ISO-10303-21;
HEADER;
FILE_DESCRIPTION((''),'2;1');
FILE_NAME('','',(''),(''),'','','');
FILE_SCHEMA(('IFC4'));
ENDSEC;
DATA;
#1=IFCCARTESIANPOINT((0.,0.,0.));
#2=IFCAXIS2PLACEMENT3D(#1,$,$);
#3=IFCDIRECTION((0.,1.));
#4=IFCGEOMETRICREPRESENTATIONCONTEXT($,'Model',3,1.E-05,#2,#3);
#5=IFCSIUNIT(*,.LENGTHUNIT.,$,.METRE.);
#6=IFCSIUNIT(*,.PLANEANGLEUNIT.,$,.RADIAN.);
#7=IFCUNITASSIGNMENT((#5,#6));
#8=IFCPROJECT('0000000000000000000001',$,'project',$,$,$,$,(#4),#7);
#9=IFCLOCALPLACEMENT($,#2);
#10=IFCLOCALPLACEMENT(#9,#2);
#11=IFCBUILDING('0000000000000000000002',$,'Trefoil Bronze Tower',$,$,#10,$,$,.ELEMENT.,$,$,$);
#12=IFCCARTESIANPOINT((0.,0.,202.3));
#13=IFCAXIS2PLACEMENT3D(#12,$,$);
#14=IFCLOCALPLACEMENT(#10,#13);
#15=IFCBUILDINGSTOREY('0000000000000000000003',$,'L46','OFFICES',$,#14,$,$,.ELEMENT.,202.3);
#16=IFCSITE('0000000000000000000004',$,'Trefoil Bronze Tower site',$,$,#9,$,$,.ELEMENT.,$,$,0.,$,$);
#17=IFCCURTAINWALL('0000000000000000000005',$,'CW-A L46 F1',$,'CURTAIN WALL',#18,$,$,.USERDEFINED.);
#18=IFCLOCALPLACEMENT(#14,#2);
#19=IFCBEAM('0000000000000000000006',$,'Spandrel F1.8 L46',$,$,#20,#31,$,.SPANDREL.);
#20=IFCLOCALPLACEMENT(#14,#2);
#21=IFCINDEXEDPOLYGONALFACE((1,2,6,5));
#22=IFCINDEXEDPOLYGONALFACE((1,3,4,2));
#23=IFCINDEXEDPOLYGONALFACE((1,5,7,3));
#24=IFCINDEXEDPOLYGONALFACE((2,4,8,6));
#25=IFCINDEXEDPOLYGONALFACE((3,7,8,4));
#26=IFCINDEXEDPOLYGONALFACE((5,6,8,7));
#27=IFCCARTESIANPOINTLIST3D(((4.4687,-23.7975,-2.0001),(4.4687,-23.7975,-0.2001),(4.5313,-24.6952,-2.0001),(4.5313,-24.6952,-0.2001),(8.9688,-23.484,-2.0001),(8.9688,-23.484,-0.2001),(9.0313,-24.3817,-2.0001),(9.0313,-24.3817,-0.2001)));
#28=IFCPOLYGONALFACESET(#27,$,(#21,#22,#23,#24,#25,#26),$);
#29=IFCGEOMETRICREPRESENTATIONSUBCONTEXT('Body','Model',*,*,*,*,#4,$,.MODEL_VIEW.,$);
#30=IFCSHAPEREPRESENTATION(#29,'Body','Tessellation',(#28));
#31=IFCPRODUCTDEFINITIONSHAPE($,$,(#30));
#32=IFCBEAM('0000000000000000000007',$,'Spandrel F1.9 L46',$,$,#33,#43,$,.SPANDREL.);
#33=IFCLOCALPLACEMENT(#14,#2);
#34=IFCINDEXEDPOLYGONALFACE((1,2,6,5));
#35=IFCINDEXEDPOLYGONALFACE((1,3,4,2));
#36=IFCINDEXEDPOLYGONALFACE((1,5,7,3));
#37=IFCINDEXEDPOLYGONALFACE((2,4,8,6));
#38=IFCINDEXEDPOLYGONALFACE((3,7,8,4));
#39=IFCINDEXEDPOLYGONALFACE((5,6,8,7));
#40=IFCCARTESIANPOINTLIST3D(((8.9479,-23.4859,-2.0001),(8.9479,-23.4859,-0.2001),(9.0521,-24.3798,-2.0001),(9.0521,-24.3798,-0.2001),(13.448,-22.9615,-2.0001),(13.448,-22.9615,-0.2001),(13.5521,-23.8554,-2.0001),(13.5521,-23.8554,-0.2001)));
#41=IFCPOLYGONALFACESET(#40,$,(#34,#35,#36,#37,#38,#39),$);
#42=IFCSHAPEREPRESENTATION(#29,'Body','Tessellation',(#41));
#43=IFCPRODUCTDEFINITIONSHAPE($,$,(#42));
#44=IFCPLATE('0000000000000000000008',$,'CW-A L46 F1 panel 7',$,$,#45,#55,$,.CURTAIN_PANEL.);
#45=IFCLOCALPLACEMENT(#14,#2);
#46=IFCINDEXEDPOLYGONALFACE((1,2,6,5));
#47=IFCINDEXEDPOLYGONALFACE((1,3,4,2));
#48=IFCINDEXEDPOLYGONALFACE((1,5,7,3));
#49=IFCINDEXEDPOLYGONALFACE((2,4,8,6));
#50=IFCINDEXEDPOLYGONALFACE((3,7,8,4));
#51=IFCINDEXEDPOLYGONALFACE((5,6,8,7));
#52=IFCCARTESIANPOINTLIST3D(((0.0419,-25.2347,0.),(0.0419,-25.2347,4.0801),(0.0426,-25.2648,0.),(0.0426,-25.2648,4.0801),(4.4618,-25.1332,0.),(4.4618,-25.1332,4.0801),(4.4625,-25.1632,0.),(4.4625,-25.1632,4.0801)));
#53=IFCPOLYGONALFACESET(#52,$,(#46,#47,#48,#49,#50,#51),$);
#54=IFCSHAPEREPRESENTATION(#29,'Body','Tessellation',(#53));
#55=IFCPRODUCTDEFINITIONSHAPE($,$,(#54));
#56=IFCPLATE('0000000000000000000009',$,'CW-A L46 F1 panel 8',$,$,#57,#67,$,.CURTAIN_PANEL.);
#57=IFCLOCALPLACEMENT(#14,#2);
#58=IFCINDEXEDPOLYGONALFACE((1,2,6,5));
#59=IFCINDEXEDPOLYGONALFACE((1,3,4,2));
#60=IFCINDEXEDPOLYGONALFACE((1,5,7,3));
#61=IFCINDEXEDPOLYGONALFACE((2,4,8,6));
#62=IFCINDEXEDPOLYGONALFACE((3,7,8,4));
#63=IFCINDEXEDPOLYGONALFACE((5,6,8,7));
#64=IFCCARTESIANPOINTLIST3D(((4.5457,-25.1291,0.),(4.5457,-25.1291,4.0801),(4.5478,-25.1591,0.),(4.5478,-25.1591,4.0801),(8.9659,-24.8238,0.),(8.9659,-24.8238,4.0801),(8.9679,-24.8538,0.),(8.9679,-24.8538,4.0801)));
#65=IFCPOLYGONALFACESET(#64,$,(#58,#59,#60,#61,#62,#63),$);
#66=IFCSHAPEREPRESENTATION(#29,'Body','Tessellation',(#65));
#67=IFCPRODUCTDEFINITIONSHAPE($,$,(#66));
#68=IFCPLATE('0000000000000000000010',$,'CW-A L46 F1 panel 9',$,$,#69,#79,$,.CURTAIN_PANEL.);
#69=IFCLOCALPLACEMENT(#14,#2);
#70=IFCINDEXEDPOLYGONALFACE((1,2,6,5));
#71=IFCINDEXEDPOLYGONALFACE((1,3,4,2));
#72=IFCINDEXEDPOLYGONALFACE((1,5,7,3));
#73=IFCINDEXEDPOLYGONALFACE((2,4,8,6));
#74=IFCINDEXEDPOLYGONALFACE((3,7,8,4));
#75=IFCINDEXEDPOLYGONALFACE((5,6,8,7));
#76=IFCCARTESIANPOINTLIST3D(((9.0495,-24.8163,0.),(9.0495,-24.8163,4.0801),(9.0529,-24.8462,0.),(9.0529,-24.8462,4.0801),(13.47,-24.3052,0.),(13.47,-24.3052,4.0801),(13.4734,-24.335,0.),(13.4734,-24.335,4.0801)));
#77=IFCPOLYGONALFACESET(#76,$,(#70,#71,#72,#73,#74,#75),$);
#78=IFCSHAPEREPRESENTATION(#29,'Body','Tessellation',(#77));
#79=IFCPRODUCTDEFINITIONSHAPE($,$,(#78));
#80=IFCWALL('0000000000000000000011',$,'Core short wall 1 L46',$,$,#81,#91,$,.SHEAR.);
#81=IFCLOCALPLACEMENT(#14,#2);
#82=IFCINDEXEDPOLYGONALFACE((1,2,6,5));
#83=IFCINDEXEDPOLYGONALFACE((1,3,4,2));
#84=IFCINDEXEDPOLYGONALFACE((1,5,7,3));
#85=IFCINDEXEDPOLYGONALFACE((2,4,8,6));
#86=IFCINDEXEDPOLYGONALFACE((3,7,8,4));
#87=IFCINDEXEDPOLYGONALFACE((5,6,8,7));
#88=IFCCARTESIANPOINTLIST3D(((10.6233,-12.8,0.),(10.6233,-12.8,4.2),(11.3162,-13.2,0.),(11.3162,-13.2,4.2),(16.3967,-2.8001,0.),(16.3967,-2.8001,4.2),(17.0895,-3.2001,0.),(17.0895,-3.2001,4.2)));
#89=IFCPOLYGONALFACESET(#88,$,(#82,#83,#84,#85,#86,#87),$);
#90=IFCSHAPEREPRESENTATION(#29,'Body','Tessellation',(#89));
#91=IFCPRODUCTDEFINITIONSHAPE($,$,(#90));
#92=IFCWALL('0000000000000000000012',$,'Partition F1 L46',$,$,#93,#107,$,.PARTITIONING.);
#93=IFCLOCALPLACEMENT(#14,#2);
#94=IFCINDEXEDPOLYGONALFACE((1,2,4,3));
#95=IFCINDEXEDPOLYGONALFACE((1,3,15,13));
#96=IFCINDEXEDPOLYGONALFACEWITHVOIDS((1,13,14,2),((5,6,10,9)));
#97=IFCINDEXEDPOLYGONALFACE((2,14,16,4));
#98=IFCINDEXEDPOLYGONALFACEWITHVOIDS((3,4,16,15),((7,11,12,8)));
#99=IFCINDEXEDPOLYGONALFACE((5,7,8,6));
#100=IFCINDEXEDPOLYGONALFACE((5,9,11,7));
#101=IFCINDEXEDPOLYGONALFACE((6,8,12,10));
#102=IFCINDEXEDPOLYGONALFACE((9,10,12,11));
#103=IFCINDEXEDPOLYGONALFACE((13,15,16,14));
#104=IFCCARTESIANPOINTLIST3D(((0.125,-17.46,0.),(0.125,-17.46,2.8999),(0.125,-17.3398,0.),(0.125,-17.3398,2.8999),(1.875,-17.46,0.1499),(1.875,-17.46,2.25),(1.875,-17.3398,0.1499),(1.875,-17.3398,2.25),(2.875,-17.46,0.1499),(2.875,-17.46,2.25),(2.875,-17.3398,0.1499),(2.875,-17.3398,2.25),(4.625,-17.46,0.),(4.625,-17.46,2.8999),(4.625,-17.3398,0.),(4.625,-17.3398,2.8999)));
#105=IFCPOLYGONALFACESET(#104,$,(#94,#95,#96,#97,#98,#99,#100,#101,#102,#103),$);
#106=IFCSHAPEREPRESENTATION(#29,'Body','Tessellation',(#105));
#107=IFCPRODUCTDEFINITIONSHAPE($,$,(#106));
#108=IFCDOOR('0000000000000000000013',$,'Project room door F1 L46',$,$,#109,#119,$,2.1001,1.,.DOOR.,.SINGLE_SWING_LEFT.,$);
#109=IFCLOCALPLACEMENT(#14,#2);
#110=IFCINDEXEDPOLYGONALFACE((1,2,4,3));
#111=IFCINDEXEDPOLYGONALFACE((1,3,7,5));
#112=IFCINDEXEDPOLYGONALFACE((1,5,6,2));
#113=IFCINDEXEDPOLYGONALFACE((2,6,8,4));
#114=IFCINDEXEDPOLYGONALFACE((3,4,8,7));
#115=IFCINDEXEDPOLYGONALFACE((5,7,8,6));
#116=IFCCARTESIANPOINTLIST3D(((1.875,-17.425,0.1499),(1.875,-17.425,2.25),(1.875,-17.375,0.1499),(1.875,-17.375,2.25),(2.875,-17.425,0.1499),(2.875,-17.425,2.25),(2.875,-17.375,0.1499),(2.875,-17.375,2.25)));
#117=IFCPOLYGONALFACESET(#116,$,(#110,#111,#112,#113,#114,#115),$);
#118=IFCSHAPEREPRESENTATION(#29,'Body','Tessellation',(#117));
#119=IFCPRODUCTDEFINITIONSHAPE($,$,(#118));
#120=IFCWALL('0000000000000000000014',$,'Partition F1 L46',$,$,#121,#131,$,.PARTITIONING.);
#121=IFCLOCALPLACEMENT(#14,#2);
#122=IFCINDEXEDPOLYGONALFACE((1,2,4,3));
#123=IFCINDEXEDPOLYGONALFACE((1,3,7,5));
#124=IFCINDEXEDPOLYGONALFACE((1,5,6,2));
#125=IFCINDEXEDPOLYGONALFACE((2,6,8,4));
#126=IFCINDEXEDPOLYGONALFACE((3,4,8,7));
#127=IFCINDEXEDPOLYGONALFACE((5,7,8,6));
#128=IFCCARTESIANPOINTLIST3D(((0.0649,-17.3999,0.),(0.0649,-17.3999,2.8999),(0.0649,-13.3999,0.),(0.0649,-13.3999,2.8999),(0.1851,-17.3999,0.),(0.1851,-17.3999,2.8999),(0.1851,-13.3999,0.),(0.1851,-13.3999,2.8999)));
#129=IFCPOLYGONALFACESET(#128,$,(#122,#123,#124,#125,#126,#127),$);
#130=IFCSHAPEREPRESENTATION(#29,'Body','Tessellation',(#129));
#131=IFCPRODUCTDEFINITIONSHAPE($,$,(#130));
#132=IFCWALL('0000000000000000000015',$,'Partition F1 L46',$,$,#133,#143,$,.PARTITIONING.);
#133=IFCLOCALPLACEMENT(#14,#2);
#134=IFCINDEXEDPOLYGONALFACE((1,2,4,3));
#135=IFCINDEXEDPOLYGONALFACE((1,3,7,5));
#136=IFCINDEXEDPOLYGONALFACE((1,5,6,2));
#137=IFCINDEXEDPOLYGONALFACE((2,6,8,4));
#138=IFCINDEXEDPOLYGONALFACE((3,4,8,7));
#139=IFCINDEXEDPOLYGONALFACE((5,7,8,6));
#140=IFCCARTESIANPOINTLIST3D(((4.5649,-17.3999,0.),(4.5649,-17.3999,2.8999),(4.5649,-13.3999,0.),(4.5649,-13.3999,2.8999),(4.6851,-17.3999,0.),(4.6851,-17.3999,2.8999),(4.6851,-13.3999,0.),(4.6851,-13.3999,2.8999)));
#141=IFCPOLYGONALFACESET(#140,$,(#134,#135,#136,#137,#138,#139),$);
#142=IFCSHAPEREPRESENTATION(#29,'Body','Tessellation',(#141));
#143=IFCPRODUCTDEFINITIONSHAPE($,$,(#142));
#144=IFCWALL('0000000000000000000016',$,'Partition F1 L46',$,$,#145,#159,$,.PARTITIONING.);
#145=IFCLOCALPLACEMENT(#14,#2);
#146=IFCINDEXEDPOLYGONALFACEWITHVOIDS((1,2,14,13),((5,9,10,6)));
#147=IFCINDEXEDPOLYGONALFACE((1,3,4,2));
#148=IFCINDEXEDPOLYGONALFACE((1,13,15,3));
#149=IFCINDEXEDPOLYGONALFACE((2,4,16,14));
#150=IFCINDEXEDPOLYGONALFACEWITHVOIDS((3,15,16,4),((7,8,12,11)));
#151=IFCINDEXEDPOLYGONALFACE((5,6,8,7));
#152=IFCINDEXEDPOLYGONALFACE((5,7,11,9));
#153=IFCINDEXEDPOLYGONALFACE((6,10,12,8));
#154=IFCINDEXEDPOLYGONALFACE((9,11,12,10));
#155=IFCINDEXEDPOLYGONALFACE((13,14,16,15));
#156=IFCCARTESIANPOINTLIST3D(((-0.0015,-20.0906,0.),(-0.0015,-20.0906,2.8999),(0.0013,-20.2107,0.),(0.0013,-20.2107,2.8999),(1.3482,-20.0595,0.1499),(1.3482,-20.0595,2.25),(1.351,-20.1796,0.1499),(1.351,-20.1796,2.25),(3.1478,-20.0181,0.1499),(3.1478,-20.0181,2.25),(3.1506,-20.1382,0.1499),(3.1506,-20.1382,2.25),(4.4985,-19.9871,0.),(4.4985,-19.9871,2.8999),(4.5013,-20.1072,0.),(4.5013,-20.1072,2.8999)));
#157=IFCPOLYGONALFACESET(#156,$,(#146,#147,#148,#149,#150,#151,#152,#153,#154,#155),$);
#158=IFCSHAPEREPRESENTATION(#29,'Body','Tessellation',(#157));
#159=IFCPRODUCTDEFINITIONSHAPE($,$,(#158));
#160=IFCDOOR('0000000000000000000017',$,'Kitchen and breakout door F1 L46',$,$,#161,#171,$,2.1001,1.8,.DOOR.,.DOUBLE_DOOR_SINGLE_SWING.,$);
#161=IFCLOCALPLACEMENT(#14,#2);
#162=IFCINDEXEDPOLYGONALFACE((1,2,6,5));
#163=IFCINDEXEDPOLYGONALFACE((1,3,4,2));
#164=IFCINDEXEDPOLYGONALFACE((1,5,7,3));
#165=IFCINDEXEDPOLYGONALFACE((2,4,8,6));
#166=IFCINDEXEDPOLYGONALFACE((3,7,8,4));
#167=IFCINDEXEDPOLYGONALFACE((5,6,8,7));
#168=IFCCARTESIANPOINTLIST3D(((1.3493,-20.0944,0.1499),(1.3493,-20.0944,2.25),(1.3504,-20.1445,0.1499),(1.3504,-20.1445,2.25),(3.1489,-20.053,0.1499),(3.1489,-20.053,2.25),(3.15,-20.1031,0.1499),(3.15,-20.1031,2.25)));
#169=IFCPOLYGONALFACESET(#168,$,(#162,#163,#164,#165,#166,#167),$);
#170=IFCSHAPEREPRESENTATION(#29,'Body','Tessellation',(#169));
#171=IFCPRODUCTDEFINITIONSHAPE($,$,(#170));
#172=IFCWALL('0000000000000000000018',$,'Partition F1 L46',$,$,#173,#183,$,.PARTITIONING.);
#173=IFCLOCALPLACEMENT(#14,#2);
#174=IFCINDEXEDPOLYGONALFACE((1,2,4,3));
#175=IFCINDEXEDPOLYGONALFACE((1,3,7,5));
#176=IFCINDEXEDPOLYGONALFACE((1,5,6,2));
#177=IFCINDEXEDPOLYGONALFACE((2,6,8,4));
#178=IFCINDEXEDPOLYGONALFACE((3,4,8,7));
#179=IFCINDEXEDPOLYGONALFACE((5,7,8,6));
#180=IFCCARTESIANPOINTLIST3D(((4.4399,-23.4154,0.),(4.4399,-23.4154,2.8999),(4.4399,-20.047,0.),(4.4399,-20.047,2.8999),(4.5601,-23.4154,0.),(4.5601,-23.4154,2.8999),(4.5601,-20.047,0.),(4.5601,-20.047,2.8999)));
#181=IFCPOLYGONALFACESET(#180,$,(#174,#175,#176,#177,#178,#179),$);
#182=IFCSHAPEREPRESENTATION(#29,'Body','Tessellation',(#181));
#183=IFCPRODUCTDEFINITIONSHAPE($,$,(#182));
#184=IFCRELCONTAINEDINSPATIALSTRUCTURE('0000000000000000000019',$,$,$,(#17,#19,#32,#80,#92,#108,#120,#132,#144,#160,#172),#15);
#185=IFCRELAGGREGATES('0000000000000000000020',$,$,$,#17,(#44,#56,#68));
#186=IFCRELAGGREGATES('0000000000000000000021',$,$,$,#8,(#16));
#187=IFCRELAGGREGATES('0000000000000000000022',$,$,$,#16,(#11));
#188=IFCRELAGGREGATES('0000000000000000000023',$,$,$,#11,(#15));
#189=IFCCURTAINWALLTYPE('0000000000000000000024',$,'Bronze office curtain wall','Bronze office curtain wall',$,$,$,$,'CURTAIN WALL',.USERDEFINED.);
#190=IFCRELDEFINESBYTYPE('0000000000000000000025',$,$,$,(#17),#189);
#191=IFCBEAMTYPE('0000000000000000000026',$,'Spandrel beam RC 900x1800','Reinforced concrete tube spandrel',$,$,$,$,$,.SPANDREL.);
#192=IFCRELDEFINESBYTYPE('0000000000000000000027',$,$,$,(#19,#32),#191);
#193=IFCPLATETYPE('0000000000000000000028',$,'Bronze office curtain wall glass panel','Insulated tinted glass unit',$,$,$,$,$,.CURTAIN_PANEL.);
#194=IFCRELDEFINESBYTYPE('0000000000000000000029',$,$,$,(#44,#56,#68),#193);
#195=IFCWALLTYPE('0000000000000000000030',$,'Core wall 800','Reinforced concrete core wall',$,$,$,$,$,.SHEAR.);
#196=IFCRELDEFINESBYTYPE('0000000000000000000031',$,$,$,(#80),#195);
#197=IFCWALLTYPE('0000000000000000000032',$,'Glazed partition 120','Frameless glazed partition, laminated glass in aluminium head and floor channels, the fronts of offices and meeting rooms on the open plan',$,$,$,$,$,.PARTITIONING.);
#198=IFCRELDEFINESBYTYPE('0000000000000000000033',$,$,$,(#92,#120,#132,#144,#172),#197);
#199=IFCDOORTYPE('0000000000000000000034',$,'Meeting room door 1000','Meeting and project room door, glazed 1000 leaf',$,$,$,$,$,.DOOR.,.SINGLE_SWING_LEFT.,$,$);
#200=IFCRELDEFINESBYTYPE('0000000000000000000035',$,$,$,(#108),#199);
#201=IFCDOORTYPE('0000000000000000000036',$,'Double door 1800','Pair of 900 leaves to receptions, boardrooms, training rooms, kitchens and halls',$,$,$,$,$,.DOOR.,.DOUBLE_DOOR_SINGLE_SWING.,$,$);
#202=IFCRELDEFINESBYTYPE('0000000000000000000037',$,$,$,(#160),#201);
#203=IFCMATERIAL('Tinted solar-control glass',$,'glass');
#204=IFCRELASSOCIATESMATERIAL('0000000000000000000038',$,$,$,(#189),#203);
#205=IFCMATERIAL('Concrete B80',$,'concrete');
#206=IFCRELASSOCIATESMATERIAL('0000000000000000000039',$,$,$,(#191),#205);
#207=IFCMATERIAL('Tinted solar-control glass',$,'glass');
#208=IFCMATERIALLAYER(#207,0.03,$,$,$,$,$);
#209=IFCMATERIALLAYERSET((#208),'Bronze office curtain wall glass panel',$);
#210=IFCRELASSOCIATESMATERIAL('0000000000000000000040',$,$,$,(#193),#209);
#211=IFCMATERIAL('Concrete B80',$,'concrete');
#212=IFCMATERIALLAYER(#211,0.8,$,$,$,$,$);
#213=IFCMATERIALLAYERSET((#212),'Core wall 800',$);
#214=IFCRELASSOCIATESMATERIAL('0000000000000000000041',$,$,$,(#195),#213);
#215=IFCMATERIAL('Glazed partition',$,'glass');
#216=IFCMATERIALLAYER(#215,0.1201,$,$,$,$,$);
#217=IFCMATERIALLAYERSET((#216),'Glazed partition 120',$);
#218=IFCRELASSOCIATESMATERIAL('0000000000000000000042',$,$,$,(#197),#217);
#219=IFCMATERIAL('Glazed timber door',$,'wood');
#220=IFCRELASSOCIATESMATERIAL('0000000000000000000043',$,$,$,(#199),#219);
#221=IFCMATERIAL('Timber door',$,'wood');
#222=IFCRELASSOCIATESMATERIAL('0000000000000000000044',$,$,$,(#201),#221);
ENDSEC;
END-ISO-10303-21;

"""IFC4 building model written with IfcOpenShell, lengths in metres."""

from ifc_helpers import new_model, si_unit, direction, frame, frame_2d, origin, origin_2d, place, context, subcontext, project, spatial, rectangle, extrude, material, layer, layer_set, material_profile, profile_set, type_object, element, fill, aggregate, save


model = new_model("IFC4")

# Units and contexts
model_context = context("Model", 3, precision=1e-05, world=origin(), true_north=direction((0.0, 1.0)))
body_context = subcontext(model_context, "Body", "Model", "MODEL_VIEW")
ifc_project = project(units=[si_unit("LENGTHUNIT", "METRE"), si_unit("PLANEANGLEUNIT", "RADIAN")], contexts=[model_context])

# Site, building, storey
site_placement = place(None, origin())
site = spatial("IfcSite", under=ifc_project, at=site_placement, Name="Trefoil Bronze Tower site", CompositionType="ELEMENT", RefElevation=0.0)
building_placement = place(site_placement, origin())
building = spatial("IfcBuilding", under=site, at=building_placement, Name="Trefoil Bronze Tower", CompositionType="ELEMENT")
storey_placement = place(building_placement, frame((0.0, 0.0, 202.3)))
storey = spatial("IfcBuildingStorey", under=building, at=storey_placement, Name="L46", Description="OFFICES", CompositionType="ELEMENT", Elevation=202.3)

# Curtain wall
ifc_material_1 = material(Name="Tinted solar-control glass", Category="glass")
curtain_wall_type = type_object("IfcCurtainWallType", Name="Bronze office curtain wall", Description="Bronze office curtain wall", ElementType="CURTAIN WALL", PredefinedType="USERDEFINED", material=ifc_material_1)
curtain_wall_placement = place(storey_placement, origin())
curtain_wall = element("IfcCurtainWall", 1, at=curtain_wall_placement, inside=storey, type_object=curtain_wall_type, Name="CW-A L46 F1", ObjectType="CURTAIN WALL", PredefinedType="USERDEFINED")

# Beams
ifc_material_2 = material(Name="Concrete B80", Category="concrete")
ifc_material_profile_1 = material_profile(ifc_material_2, rectangle(XDim=0.8999, YDim=1.8, at=origin_2d()), Name="RC 900x1800")
ifc_profile_set_1 = profile_set([ifc_material_profile_1], Name="Concrete B80")
beam_type_1 = type_object("IfcBeamType", Name="Spandrel beam RC 900x1800", Description="Reinforced concrete tube spandrel", PredefinedType="SPANDREL", material=ifc_profile_set_1)
beam_1_placement = place(storey_placement, frame((4.5, -24.2463, -1.1001), z_axis=(0.997582, 0.069493, 0.0), x_axis=(-0.069493, 0.997582, 0.0)))
element("IfcBeam", 2, at=beam_1_placement, inside=storey, type_object=beam_type_1, Name="Spandrel F1.8 L46", PredefinedType="SPANDREL", context=body_context, shape_type="SweptSolid", body=[
    extrude(rectangle(XDim=0.8999, YDim=1.8, at=origin_2d()), origin(), (0.0, 0.0, 1.0), 4.511),
])
beam_2_placement = place(storey_placement, frame((9.0, -23.9329, -1.1001), z_axis=(0.993278, 0.115753, 0.0), x_axis=(-0.115753, 0.993278, 0.0)))
element("IfcBeam", 3, at=beam_2_placement, inside=storey, type_object=beam_type_1, Name="Spandrel F1.9 L46", PredefinedType="SPANDREL", context=body_context, shape_type="SweptSolid", body=[
    extrude(rectangle(XDim=0.8999, YDim=1.8, at=origin_2d()), origin(), (0.0, 0.0, 1.0), 4.5305),
])

# Plates
ifc_material_3 = material(Name="Tinted solar-control glass", Category="glass")
ifc_layer_1 = layer(ifc_material_3, 0.03)
ifc_layer_set_1 = layer_set([ifc_layer_1], Name="Bronze office curtain wall glass panel")
plate_type = type_object("IfcPlateType", Name="Bronze office curtain wall glass panel", Description="Insulated tinted glass unit", PredefinedType="CURTAIN_PANEL", material=ifc_layer_set_1)
plate_1_placement = place(storey_placement, frame((2.2522, -25.199, 0.0), z_axis=(0.0, 0.0, 1.0), x_axis=(0.999736, 0.022972, 0.0)))
plate_1 = element("IfcPlate", 4, at=plate_1_placement, type_object=plate_type, Name="CW-A L46 F1 panel 7", PredefinedType="CURTAIN_PANEL", context=body_context, shape_type="SweptSolid", body=[
    extrude(rectangle(XDim=4.4211, YDim=0.03, at=origin_2d()), origin(), (0.0, 0.0, 1.0), 4.0801),
])
plate_2_placement = place(storey_placement, frame((6.7568, -24.9915, 0.0), z_axis=(0.0, 0.0, 1.0), x_axis=(0.997623, 0.068915, 0.0)))
plate_2 = element("IfcPlate", 5, at=plate_2_placement, type_object=plate_type, Name="CW-A L46 F1 panel 8", PredefinedType="CURTAIN_PANEL", context=body_context, shape_type="SweptSolid", body=[
    extrude(rectangle(XDim=4.4307, YDim=0.03, at=origin_2d()), origin(), (0.0, 0.0, 1.0), 4.0801),
])
plate_3_placement = place(storey_placement, frame((11.2615, -24.5757, 0.0), z_axis=(0.0, 0.0, 1.0), x_axis=(0.993382, 0.114859, 0.0)))
plate_3 = element("IfcPlate", 6, at=plate_3_placement, type_object=plate_type, Name="CW-A L46 F1 panel 9", PredefinedType="CURTAIN_PANEL", context=body_context, shape_type="SweptSolid", body=[
    extrude(rectangle(XDim=4.45, YDim=0.03, at=origin_2d()), origin(), (0.0, 0.0, 1.0), 4.0801),
])
aggregate(curtain_wall, [plate_1, plate_2, plate_3])

# Wall
ifc_material_4 = material(Name="Concrete B80", Category="concrete")
ifc_layer_2 = layer(ifc_material_4, 0.8)
ifc_layer_set_2 = layer_set([ifc_layer_2], Name="Core wall 800")
wall_type_1 = type_object("IfcWallType", Name="Core wall 800", Description="Reinforced concrete core wall", PredefinedType="SHEAR", material=ifc_layer_set_2)
wall_1_placement = place(storey_placement, frame((10.9697, -13.0, 0.0), z_axis=(0.0, 0.0, 1.0), x_axis=(0.499996, 0.866028, 0.0)))
element("IfcWall", 7, at=wall_1_placement, inside=storey, type_object=wall_type_1, Name="Core short wall 1 L46", PredefinedType="SHEAR", context=body_context, shape_type="SweptSolid", body=[
    extrude(rectangle(XDim=11.5469, YDim=0.8, at=frame_2d((5.7734, 0.0))), origin(), (0.0, 0.0, 1.0), 4.2),
])

# Wall, opening, door
ifc_material_5 = material(Name="Glazed partition", Category="glass")
ifc_layer_3 = layer(ifc_material_5, 0.1201)
ifc_layer_set_3 = layer_set([ifc_layer_3], Name="Glazed partition 120")
wall_type_2 = type_object("IfcWallType", Name="Glazed partition 120", Description="Frameless glazed partition, laminated glass in aluminium head and floor channels, the fronts of offices and meeting rooms on the open plan", PredefinedType="PARTITIONING", material=ifc_layer_set_3)
wall_2_placement = place(storey_placement, frame((0.125, -17.3999, 0.0), z_axis=(0.0, 0.0, 1.0), x_axis=(1.0, 0.0, 0.0)))
wall_2 = element("IfcWall", 8, at=wall_2_placement, inside=storey, type_object=wall_type_2, Name="Partition F1 L46", PredefinedType="PARTITIONING", context=body_context, shape_type="SweptSolid", body=[
    extrude(rectangle(XDim=4.5, YDim=0.1201, at=frame_2d((2.25, 0.0))), origin(), (0.0, 0.0, 1.0), 2.8999),
])
opening_1_placement = place(wall_2_placement, frame((1.75, 0.0, 0.1499)))
opening_1 = element("IfcOpeningElement", 9, at=opening_1_placement, cuts=wall_2, PredefinedType="OPENING", context=body_context, shape_type="SweptSolid", body=[
    extrude(rectangle(XDim=1.0, YDim=2.1001, at=frame_2d((0.5, 1.05))), frame((0.0, 0.0701, 0.0), z_axis=(0.0, -1.0, 0.0), x_axis=(1.0, 0.0, 0.0)), (0.0, 0.0, 1.0), 0.1401),
])
ifc_material_6 = material(Name="Glazed timber door", Category="wood")
door_type_1 = type_object("IfcDoorType", Name="Meeting room door 1000", Description="Meeting and project room door, glazed 1000 leaf", OperationType="SINGLE_SWING_LEFT", PredefinedType="DOOR", material=ifc_material_6)
door_1_placement = place(opening_1_placement, origin())
door_1 = element("IfcDoor", 10, at=door_1_placement, inside=storey, type_object=door_type_1, Name="Project room door F1 L46", OperationType="SINGLE_SWING_LEFT", OverallHeight=2.1001, OverallWidth=1.0, PredefinedType="DOOR", context=body_context, shape_type="SweptSolid", body=[
    extrude(rectangle(XDim=1.0, YDim=2.1001, at=frame_2d((0.5, 1.05))), frame((0.0, 0.0249, 0.0), z_axis=(0.0, -1.0, 0.0), x_axis=(1.0, 0.0, 0.0)), (0.0, 0.0, 1.0), 0.05),
])
fill(opening_1, door_1)

# Walls
for number, where, z_axis, x_axis, name in (
    (11, (0.125, -13.3999, 0.0), (0.0, 0.0, 1.0), (0.0, -1.0, 0.0), "Partition F1 L46"),
    (12, (4.625, -13.3999, 0.0), (0.0, 0.0, 1.0), (0.0, -1.0, 0.0), "Partition F1 L46"),
):
    element("IfcWall", number, at=place(storey_placement, frame(where, z_axis=z_axis, x_axis=x_axis)), inside=storey, type_object=wall_type_2, Name=name, PredefinedType="PARTITIONING", context=body_context, shape_type="SweptSolid", body=[
        extrude(rectangle(XDim=4.0, YDim=0.1201, at=frame_2d((2.0, 0.0))), origin(), (0.0, 0.0, 1.0), 2.8999),
    ])

# Wall, opening, door
wall_3_placement = place(storey_placement, frame((0.0, -20.1506, 0.0), z_axis=(0.0, 0.0, 1.0), x_axis=(0.999736, 0.022997, 0.0)))
wall_3 = element("IfcWall", 13, at=wall_3_placement, inside=storey, type_object=wall_type_2, Name="Partition F1 L46", PredefinedType="PARTITIONING", context=body_context, shape_type="SweptSolid", body=[
    extrude(rectangle(XDim=4.5012, YDim=0.1201, at=frame_2d((2.2505, 0.0))), origin(), (0.0, 0.0, 1.0), 2.8999),
])
opening_2_placement = place(wall_3_placement, frame((1.3501, 0.0, 0.1499)))
opening_2 = element("IfcOpeningElement", 14, at=opening_2_placement, cuts=wall_3, PredefinedType="OPENING", context=body_context, shape_type="SweptSolid", body=[
    extrude(rectangle(XDim=1.8, YDim=2.1001, at=frame_2d((0.8999, 1.05))), frame((0.0, 0.0701, 0.0), z_axis=(0.0, -1.0, 0.0), x_axis=(1.0, 0.0, 0.0)), (0.0, 0.0, 1.0), 0.1401),
])
ifc_material_7 = material(Name="Timber door", Category="wood")
door_type_2 = type_object("IfcDoorType", Name="Double door 1800", Description="Pair of 900 leaves to receptions, boardrooms, training rooms, kitchens and halls", OperationType="DOUBLE_DOOR_SINGLE_SWING", PredefinedType="DOOR", material=ifc_material_7)
door_2_placement = place(opening_2_placement, frame((1.8, 0.0, 0.0), z_axis=(0.0, 0.0, 1.0), x_axis=(-1.0, 0.0, 0.0)))
door_2 = element("IfcDoor", 15, at=door_2_placement, inside=storey, type_object=door_type_2, Name="Kitchen and breakout door F1 L46", OperationType="DOUBLE_DOOR_SINGLE_SWING", OverallHeight=2.1001, OverallWidth=1.8, PredefinedType="DOOR", context=body_context, shape_type="SweptSolid", body=[
    extrude(rectangle(XDim=1.8, YDim=2.1001, at=frame_2d((0.8999, 1.05))), frame((0.0, 0.0249, 0.0), z_axis=(0.0, -1.0, 0.0), x_axis=(1.0, 0.0, 0.0)), (0.0, 0.0, 1.0), 0.05),
])
fill(opening_2, door_2)

# Wall
wall_4_placement = place(storey_placement, frame((4.5, -20.0471, 0.0), z_axis=(0.0, 0.0, 1.0), x_axis=(0.0, -1.0, 0.0)))
element("IfcWall", 16, at=wall_4_placement, inside=storey, type_object=wall_type_2, Name="Partition F1 L46", PredefinedType="PARTITIONING", context=body_context, shape_type="SweptSolid", body=[
    extrude(rectangle(XDim=3.3684, YDim=0.1201, at=frame_2d((1.6841, 0.0))), origin(), (0.0, 0.0, 1.0), 2.8999),
])

save(model, "model.ifc")
